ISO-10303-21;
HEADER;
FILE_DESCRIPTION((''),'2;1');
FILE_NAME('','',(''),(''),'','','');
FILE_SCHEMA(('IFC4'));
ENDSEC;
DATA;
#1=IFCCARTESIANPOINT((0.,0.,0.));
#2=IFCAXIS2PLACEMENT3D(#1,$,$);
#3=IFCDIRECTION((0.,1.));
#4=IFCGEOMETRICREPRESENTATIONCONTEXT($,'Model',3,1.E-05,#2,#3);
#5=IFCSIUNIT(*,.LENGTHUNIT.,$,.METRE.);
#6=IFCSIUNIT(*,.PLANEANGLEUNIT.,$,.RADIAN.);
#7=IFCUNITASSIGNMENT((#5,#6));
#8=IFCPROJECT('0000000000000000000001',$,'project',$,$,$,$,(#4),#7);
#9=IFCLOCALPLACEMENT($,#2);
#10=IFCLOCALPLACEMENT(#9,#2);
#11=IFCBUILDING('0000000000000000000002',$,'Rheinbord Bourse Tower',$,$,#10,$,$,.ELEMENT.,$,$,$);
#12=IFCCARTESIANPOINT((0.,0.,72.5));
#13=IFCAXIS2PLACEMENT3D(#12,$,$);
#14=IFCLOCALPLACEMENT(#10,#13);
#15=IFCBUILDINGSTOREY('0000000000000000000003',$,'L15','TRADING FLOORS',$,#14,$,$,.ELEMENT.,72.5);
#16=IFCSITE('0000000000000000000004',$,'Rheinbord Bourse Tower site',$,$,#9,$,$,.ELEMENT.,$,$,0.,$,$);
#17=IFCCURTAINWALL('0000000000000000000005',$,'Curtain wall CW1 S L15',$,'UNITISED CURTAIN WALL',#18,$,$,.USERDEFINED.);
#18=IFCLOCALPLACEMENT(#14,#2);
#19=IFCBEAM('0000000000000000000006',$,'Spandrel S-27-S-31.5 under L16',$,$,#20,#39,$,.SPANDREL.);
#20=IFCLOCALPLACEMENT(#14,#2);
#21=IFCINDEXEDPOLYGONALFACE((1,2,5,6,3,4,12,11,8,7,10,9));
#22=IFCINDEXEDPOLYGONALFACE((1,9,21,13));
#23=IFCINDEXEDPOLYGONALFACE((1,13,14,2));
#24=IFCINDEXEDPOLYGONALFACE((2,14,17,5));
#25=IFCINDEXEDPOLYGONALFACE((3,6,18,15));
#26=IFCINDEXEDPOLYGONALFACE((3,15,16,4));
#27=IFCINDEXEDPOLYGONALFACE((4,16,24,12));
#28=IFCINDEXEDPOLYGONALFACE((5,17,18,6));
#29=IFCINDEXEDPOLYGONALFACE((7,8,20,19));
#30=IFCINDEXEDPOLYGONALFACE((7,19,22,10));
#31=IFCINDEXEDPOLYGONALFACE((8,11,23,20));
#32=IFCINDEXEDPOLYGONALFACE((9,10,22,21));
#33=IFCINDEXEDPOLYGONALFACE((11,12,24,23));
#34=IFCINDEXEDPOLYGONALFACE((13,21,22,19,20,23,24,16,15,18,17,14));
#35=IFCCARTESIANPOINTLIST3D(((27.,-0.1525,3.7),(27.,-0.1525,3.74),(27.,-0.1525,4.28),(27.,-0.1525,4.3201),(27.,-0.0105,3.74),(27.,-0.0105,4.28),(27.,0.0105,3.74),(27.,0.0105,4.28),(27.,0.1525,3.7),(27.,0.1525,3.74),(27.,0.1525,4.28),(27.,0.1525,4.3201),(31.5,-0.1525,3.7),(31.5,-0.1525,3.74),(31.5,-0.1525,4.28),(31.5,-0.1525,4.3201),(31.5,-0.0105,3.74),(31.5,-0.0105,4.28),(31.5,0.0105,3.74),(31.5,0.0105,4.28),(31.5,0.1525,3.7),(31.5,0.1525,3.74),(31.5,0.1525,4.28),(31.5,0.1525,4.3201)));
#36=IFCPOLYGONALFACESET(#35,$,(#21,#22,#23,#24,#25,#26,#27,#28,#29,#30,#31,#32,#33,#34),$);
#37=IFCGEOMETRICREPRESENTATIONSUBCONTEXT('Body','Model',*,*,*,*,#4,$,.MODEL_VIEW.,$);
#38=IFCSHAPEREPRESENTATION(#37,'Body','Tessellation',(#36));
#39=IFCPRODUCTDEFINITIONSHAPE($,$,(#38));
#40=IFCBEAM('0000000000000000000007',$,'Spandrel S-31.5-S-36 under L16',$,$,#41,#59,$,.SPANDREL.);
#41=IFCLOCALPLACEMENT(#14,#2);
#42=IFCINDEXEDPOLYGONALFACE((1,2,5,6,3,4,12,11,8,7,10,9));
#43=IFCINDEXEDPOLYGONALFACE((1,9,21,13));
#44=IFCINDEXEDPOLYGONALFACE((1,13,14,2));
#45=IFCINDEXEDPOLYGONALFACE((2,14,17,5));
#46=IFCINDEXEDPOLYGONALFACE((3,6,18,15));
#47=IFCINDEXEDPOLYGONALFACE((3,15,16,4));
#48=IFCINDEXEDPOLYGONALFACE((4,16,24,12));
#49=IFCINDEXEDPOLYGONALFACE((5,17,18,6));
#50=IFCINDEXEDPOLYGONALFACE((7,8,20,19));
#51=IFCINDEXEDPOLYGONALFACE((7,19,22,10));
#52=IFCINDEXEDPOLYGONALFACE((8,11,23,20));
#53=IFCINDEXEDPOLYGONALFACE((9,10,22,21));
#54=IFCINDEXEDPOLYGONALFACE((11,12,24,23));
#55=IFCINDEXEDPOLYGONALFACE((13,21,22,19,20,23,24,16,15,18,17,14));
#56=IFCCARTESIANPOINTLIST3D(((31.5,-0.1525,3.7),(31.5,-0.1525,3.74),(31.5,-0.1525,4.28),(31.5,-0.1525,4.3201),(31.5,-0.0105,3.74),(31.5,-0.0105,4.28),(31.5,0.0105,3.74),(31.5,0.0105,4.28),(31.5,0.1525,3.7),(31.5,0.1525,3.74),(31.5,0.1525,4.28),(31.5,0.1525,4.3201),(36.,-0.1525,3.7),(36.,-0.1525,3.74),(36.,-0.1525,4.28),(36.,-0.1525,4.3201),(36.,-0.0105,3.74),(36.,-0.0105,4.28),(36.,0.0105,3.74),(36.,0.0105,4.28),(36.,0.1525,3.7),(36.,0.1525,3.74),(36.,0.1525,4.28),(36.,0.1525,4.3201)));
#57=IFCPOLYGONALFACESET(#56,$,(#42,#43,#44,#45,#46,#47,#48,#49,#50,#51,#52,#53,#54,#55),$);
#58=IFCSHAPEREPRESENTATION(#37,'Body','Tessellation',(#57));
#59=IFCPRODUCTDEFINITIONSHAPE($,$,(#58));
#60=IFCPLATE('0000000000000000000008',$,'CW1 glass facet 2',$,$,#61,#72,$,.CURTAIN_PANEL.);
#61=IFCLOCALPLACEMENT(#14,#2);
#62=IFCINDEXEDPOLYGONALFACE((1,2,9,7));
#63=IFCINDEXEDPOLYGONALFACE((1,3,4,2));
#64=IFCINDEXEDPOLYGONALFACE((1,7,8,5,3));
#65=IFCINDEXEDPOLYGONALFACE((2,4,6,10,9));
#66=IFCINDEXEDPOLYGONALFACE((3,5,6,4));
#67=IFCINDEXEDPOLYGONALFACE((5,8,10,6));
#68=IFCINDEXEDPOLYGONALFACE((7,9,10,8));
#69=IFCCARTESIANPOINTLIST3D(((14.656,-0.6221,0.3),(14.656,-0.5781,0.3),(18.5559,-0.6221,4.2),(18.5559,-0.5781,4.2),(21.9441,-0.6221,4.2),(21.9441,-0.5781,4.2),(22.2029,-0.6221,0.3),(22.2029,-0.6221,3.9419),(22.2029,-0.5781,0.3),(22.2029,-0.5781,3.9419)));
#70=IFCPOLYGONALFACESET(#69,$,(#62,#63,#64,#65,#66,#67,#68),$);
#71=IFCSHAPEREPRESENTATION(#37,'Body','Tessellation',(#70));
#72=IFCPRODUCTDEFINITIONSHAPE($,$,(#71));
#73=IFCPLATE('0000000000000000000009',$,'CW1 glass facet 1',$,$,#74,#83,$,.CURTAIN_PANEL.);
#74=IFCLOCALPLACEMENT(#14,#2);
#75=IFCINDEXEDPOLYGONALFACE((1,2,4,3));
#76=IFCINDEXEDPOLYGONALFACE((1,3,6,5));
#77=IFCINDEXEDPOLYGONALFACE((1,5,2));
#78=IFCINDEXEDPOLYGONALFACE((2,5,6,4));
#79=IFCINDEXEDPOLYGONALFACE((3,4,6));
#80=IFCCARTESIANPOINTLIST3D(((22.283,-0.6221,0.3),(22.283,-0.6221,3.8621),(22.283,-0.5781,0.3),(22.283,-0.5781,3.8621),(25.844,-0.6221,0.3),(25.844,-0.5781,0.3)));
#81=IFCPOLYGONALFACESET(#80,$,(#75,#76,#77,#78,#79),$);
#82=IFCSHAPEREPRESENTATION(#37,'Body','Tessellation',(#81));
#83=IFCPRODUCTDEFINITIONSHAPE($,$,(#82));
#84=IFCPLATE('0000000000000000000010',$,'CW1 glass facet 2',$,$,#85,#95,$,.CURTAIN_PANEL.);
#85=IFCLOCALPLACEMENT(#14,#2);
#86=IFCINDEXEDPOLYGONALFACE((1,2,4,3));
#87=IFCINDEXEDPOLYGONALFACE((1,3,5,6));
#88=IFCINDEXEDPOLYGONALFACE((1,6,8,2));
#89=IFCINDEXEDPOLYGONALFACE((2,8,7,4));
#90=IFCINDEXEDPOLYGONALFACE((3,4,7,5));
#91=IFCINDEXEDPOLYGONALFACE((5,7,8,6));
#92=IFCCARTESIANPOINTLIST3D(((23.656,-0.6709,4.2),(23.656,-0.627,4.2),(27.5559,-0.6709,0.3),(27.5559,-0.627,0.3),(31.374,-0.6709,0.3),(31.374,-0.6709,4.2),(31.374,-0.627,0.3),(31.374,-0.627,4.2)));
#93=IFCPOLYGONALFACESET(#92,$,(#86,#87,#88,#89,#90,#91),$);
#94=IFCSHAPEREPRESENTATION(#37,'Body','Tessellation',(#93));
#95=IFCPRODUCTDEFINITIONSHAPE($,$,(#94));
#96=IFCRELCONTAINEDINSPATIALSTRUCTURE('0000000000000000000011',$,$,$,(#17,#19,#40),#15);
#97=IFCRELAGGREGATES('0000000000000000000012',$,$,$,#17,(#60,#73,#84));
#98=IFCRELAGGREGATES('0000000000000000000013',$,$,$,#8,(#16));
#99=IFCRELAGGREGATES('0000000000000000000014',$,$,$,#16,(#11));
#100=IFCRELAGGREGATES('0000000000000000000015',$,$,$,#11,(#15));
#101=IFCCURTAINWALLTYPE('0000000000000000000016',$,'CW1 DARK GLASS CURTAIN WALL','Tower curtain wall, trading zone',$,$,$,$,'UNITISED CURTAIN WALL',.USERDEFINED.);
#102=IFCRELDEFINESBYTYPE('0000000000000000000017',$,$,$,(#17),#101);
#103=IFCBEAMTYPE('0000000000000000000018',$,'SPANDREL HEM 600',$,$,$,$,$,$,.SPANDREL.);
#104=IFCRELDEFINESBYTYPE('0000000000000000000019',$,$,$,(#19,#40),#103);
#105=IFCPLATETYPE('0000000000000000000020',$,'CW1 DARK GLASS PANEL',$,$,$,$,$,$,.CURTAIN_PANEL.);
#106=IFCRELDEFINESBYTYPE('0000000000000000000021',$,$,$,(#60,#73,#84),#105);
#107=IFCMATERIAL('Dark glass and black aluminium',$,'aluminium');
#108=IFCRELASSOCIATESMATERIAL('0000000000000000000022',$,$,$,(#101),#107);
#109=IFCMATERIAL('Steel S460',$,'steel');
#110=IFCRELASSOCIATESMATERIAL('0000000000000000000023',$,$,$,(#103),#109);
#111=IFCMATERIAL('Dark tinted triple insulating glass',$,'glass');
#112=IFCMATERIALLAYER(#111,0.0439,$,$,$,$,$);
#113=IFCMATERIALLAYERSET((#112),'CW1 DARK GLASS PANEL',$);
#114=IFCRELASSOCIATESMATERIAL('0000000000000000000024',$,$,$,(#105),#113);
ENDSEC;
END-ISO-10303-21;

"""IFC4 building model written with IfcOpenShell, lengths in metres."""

from ifc_helpers import new_model, si_unit, direction, frame, origin, origin_2d, place, context, subcontext, project, spatial, polyline, i_section, outline, extrude, material, layer, layer_set, material_profile, profile_set, type_object, element, aggregate, save


model = new_model("IFC4")

# Units and contexts
model_context = context("Model", 3, precision=1e-05, world=origin(), true_north=direction((0.0, 1.0)))
body_context = subcontext(model_context, "Body", "Model", "MODEL_VIEW")
ifc_project = project(units=[si_unit("LENGTHUNIT", "METRE"), si_unit("PLANEANGLEUNIT", "RADIAN")], contexts=[model_context])

# Site, building, storey
site_placement = place(None, origin())
site = spatial("IfcSite", under=ifc_project, at=site_placement, Name="Rheinbord Bourse Tower site", CompositionType="ELEMENT", RefElevation=0.0)
building_placement = place(site_placement, origin())
building = spatial("IfcBuilding", under=site, at=building_placement, Name="Rheinbord Bourse Tower", CompositionType="ELEMENT")
storey_placement = place(building_placement, frame((0.0, 0.0, 72.5)))
storey = spatial("IfcBuildingStorey", under=building, at=storey_placement, Name="L15", Description="TRADING FLOORS", CompositionType="ELEMENT", Elevation=72.5)

# Curtain wall
ifc_material_1 = material(Name="Dark glass and black aluminium", Category="aluminium")
curtain_wall_type = type_object("IfcCurtainWallType", Name="CW1 DARK GLASS CURTAIN WALL", Description="Tower curtain wall, trading zone", ElementType="UNITISED CURTAIN WALL", PredefinedType="USERDEFINED", material=ifc_material_1)
curtain_wall_placement = place(storey_placement, origin())
curtain_wall = element("IfcCurtainWall", 1, at=curtain_wall_placement, inside=storey, type_object=curtain_wall_type, Name="Curtain wall CW1 S L15", ObjectType="UNITISED CURTAIN WALL", PredefinedType="USERDEFINED")

# Beams
ifc_material_2 = material(Name="Steel S460", Category="steel")
ifc_material_profile_1 = material_profile(ifc_material_2, i_section(OverallWidth=0.3049, OverallDepth=0.6201, WebThickness=0.021, FlangeThickness=0.04, at=origin_2d()), Name="HEM 600")
ifc_profile_set_1 = profile_set([ifc_material_profile_1], Name="Steel S460")
beam_type_1 = type_object("IfcBeamType", Name="SPANDREL HEM 600", PredefinedType="SPANDREL", material=ifc_profile_set_1)
for number, where, z_axis, x_axis, name in (
    (2, (27.0, 0.0, 4.01), (1.0, 0.0, 0.0), (0.0, 1.0, 0.0), "Spandrel S-27-S-31.5 under L16"),
    (3, (31.5, 0.0, 4.01), (1.0, 0.0, 0.0), (0.0, 1.0, 0.0), "Spandrel S-31.5-S-36 under L16"),
):
    element("IfcBeam", number, at=place(storey_placement, frame(where, z_axis=z_axis, x_axis=x_axis)), inside=storey, type_object=beam_type_1, Name=name, PredefinedType="SPANDREL", context=body_context, shape_type="SweptSolid", body=[
        extrude(i_section(OverallWidth=0.3049, OverallDepth=0.6201, WebThickness=0.021, FlangeThickness=0.04, at=origin_2d()), origin(), (0.0, 0.0, 1.0), 4.5),
    ])

# Plates
ifc_material_3 = material(Name="Dark tinted triple insulating glass", Category="glass")
ifc_layer = layer(ifc_material_3, 0.0439)
ifc_layer_set = layer_set([ifc_layer], Name="CW1 DARK GLASS PANEL")
plate_type = type_object("IfcPlateType", Name="CW1 DARK GLASS PANEL", PredefinedType="CURTAIN_PANEL", material=ifc_layer_set)
plate_1_placement = place(storey_placement, frame((22.2029, -0.6221, 0.3), z_axis=(0.0, 1.0, 0.0), x_axis=(-1.0, 0.0, 0.0)))
plate_1 = element("IfcPlate", 4, at=plate_1_placement, type_object=plate_type, Name="CW1 glass facet 2", PredefinedType="CURTAIN_PANEL", context=body_context, shape_type="SweptSolid", body=[
    extrude(outline(polyline([(0.0, 0.0), (7.5469, 0.0), (3.647, 3.8999), (0.2588, 3.8999), (0.0, 3.6418), (0.0, 0.0)])), origin(), (0.0, 0.0, 1.0), 0.0439),
])
plate_2_placement = place(storey_placement, frame((22.283, -0.6221, 0.3), z_axis=(0.0, 1.0, 0.0), x_axis=(0.0, 0.0, 1.0)))
plate_2 = element("IfcPlate", 5, at=plate_2_placement, type_object=plate_type, Name="CW1 glass facet 1", PredefinedType="CURTAIN_PANEL", context=body_context, shape_type="SweptSolid", body=[
    extrude(outline(polyline([(0.0, 0.0), (3.562, 0.0), (0.0, 3.561), (0.0, 0.0)])), origin(), (0.0, 0.0, 1.0), 0.0439),
])
plate_3_placement = place(storey_placement, frame((31.374, -0.6709, 4.2), z_axis=(0.0, 1.0, 0.0), x_axis=(0.0, 0.0, -1.0)))
plate_3 = element("IfcPlate", 6, at=plate_3_placement, type_object=plate_type, Name="CW1 glass facet 2", PredefinedType="CURTAIN_PANEL", context=body_context, shape_type="SweptSolid", body=[
    extrude(outline(polyline([(0.0, 0.0), (3.8999, 0.0), (3.8999, 3.8181), (0.0, 7.718), (0.0, 0.0)])), origin(), (0.0, 0.0, 1.0), 0.0439),
])
aggregate(curtain_wall, [plate_1, plate_2, plate_3])

save(model, "model.ifc")
